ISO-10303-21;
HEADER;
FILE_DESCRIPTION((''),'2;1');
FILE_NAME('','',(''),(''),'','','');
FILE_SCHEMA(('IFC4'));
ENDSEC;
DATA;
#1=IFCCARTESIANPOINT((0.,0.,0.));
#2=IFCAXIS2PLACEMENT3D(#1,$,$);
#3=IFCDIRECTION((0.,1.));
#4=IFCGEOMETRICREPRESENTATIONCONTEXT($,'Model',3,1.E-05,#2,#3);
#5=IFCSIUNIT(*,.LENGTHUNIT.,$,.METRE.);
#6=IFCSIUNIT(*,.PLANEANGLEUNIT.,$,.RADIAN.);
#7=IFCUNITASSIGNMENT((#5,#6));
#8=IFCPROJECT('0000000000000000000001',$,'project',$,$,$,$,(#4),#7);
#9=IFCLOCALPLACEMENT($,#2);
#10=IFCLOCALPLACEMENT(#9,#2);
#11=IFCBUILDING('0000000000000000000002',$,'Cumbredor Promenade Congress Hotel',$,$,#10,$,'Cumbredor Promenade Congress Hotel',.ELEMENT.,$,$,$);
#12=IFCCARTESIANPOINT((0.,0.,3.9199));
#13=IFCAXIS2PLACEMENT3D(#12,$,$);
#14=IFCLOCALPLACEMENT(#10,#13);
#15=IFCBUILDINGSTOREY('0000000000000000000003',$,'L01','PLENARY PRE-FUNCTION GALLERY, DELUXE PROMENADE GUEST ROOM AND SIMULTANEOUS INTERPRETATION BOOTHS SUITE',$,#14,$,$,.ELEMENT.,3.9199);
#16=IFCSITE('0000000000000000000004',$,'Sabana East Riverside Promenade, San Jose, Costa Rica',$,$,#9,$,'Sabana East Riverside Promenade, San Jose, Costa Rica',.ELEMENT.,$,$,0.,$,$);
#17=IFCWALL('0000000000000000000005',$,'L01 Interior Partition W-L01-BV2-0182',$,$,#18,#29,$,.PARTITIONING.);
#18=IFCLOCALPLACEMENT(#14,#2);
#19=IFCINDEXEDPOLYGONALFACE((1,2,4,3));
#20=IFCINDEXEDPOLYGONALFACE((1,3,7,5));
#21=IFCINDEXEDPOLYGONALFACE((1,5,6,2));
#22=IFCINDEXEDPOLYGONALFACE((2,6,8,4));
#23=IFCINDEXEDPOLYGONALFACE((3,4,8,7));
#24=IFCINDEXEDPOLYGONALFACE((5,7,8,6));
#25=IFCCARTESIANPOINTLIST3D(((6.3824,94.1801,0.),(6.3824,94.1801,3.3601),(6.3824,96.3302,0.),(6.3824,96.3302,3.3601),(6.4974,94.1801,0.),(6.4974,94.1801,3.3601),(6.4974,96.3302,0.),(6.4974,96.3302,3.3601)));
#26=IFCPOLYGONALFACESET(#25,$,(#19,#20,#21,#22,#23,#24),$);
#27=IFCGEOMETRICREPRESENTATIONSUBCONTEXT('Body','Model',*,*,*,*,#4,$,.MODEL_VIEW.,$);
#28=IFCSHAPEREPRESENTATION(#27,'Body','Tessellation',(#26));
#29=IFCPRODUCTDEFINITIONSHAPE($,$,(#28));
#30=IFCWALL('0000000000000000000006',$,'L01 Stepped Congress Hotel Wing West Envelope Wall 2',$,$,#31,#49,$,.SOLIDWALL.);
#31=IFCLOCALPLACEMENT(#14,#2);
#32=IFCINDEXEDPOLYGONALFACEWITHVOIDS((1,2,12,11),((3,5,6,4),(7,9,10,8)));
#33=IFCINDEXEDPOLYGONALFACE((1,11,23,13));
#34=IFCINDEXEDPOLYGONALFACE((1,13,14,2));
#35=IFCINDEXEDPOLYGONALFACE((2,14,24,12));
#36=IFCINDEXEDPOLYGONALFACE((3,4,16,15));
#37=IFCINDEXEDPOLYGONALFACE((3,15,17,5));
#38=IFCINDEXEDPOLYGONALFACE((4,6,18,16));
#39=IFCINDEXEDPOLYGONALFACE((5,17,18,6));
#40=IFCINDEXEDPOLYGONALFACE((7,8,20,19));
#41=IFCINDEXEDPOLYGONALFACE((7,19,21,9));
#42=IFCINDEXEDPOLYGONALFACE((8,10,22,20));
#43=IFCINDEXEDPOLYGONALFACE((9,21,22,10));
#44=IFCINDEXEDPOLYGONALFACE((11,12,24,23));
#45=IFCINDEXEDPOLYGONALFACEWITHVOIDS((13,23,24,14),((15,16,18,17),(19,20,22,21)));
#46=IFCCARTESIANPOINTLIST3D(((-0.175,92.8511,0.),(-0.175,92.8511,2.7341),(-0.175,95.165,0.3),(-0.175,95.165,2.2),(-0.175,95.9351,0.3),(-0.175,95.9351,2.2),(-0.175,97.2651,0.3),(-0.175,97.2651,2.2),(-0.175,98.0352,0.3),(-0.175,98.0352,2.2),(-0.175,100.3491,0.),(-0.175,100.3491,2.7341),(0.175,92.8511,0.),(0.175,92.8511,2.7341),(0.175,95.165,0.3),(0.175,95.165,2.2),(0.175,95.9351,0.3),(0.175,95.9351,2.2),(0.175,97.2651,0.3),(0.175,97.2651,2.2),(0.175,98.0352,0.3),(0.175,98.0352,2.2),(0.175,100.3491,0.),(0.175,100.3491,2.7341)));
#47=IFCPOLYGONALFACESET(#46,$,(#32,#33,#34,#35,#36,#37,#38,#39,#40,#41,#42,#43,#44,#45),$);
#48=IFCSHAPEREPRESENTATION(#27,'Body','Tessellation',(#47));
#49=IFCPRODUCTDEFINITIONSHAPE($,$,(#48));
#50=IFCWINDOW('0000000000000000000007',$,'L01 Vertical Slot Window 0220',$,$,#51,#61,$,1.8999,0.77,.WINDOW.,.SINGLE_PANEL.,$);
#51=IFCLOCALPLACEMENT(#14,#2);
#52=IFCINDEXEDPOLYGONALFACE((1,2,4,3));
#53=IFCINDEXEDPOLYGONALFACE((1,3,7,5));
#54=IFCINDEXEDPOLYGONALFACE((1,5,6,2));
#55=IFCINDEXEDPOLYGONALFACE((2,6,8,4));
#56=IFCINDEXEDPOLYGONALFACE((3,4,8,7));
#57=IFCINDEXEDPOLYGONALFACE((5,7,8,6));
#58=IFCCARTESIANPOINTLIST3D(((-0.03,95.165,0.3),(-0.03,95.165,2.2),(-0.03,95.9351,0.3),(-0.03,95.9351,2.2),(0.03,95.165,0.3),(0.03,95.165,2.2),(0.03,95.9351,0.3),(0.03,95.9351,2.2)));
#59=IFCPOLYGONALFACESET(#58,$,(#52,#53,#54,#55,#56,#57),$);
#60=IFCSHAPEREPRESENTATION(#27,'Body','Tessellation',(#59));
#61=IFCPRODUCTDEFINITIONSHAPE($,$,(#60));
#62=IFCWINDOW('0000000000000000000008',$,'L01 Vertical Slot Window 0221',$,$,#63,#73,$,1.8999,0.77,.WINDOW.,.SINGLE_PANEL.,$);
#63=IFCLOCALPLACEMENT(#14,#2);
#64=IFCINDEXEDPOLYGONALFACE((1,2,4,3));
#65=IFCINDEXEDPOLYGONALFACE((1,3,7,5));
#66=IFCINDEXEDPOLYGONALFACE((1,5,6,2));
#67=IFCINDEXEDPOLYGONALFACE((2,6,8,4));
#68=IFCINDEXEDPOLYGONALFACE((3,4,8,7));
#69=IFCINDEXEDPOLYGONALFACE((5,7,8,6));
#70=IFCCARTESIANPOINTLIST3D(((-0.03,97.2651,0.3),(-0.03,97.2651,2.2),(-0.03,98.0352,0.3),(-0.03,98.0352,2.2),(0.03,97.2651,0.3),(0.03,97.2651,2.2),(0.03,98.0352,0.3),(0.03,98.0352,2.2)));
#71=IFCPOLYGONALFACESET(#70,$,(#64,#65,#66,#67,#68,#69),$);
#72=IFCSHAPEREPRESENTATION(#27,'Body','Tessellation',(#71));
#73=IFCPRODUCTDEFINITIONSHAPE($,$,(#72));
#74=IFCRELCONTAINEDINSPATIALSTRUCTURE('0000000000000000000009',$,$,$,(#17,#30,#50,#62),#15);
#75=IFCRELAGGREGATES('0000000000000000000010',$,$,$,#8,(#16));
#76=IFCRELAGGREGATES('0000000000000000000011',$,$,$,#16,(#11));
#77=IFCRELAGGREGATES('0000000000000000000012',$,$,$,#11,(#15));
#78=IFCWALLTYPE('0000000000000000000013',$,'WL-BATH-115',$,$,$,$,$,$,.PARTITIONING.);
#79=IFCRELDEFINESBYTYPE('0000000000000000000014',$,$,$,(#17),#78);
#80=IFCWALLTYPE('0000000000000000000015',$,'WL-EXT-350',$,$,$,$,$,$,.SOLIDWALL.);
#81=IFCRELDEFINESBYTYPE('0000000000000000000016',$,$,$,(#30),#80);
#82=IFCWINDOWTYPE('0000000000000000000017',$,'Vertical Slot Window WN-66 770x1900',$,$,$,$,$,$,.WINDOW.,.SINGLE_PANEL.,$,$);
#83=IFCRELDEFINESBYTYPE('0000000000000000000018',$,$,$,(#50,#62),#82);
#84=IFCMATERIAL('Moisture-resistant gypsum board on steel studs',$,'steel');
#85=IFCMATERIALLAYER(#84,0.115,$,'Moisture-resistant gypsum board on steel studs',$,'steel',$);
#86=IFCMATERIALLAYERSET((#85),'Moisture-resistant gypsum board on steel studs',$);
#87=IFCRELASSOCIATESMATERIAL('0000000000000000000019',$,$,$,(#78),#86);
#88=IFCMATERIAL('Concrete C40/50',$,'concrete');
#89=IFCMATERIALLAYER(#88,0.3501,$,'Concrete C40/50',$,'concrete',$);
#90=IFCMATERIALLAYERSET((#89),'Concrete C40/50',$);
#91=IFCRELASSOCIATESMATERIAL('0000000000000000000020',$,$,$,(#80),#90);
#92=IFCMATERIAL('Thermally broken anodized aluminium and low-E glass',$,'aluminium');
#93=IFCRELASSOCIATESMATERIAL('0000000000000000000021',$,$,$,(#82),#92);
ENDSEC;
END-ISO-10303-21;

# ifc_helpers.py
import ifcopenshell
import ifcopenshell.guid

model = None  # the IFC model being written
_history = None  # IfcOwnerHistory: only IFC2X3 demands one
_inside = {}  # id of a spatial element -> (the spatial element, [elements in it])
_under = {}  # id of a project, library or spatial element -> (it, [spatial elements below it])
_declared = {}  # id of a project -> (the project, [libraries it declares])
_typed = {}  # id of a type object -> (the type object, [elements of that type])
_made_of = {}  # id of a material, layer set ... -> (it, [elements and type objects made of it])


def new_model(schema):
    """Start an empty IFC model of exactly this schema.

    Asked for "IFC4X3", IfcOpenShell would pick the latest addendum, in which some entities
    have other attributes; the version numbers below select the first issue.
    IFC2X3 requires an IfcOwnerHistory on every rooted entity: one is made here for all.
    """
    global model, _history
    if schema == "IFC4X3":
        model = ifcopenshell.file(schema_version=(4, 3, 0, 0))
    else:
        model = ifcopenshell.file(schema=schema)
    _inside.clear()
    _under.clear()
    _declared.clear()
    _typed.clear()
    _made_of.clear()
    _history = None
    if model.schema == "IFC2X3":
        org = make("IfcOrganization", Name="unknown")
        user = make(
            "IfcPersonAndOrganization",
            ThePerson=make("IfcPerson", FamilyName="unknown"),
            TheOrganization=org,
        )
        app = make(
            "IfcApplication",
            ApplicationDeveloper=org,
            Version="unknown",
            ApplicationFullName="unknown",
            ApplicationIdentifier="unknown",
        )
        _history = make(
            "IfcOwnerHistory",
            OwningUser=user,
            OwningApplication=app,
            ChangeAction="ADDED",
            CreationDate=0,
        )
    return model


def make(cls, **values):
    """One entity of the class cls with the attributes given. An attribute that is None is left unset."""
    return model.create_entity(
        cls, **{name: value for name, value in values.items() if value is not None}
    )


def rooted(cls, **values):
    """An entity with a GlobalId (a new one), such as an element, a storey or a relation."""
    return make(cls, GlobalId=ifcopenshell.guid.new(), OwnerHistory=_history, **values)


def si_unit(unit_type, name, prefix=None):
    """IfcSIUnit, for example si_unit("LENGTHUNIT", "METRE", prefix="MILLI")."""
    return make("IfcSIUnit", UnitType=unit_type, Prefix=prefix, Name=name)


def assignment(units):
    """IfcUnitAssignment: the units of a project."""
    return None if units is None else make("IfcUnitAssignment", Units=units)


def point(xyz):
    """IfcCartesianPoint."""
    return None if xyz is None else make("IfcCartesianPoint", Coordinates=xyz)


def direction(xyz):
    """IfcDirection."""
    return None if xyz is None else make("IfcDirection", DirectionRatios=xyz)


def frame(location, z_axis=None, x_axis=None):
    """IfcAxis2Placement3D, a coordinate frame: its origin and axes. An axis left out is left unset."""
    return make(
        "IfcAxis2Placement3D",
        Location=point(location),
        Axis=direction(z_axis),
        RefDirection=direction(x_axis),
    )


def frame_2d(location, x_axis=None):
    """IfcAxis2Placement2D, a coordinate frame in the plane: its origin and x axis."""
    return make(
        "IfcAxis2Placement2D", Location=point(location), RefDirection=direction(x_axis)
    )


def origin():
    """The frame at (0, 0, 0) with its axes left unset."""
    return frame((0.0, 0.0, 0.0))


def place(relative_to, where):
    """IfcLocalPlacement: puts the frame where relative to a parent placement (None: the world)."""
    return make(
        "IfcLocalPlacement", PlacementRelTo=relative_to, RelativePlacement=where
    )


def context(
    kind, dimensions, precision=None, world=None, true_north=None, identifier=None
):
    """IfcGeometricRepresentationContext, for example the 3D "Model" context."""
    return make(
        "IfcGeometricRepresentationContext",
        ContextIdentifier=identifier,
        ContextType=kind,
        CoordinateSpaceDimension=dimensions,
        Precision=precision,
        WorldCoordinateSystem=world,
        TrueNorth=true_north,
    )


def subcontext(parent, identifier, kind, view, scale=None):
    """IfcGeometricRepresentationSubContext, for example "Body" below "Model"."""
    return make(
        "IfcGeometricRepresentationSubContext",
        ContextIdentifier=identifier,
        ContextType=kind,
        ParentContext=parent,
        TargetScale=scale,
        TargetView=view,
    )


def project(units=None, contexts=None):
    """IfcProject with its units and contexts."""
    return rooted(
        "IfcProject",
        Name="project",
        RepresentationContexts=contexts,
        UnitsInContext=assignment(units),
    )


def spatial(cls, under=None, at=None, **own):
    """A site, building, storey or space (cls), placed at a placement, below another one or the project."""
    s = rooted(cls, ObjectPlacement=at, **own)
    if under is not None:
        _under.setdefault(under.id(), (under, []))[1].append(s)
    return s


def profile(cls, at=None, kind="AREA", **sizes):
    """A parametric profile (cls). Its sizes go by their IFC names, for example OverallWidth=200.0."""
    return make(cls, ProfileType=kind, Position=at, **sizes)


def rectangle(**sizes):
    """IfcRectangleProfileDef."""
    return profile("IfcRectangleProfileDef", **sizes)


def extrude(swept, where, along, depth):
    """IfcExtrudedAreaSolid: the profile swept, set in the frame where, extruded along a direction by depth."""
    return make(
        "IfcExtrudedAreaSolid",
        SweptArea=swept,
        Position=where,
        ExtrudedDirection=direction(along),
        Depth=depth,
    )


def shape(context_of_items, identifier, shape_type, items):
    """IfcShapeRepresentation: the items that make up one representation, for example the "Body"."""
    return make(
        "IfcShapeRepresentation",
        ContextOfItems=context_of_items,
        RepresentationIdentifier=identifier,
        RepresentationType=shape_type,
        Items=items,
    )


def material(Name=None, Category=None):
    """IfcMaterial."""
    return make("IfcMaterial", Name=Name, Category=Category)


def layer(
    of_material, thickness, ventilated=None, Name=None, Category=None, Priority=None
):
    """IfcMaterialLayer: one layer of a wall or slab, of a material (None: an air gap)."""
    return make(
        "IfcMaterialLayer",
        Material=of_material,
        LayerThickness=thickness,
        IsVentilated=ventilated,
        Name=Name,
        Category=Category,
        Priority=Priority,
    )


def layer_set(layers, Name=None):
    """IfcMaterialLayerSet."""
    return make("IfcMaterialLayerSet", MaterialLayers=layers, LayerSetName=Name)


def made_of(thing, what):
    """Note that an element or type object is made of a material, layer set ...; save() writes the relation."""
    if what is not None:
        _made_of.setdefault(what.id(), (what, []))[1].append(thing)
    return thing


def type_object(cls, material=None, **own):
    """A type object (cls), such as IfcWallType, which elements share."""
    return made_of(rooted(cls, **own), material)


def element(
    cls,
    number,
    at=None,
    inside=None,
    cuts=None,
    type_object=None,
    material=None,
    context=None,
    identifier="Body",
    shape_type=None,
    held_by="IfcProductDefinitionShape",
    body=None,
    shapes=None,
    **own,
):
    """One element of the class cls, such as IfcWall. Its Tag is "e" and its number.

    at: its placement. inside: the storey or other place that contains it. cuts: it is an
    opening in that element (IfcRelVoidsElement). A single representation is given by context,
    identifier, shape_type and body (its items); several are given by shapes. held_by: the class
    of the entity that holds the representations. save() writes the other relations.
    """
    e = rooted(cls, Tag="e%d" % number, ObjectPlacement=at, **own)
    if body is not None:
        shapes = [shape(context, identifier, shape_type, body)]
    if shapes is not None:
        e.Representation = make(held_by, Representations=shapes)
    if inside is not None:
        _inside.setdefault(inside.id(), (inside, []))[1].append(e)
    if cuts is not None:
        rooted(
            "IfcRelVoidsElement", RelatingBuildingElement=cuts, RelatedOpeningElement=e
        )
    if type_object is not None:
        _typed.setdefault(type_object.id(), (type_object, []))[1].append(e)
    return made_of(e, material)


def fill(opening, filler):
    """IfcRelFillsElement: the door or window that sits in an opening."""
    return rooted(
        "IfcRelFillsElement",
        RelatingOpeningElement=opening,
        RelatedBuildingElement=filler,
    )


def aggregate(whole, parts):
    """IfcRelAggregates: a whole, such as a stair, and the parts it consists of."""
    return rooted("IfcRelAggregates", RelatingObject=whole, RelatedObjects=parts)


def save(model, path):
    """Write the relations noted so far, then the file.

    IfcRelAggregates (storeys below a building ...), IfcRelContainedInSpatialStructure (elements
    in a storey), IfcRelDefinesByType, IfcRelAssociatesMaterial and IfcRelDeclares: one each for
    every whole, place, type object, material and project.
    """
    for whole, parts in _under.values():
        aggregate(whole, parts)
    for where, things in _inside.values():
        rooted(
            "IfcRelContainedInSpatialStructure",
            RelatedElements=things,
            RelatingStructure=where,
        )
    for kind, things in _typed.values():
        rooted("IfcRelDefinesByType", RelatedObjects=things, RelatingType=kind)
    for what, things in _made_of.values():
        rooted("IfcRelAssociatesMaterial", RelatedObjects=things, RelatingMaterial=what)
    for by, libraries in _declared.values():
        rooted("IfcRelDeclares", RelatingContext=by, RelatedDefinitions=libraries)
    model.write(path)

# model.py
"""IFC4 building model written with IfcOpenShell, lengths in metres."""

from ifc_helpers import new_model, si_unit, direction, frame, frame_2d, origin, place, context, subcontext, project, spatial, rectangle, extrude, material, layer, layer_set, type_object, element, fill, save


model = new_model("IFC4")

# Units and contexts
model_context = context("Model", 3, precision=1e-05, world=origin(), true_north=direction((0.0, 1.0)))
body_context = subcontext(model_context, "Body", "Model", "MODEL_VIEW")
ifc_project = project(units=[si_unit("LENGTHUNIT", "METRE"), si_unit("PLANEANGLEUNIT", "RADIAN")], contexts=[model_context])

# Site, building, storey
site_placement = place(None, origin())
site = spatial("IfcSite", under=ifc_project, at=site_placement, Name="Sabana East Riverside Promenade, San Jose, Costa Rica", LongName="Sabana East Riverside Promenade, San Jose, Costa Rica", CompositionType="ELEMENT", RefElevation=0.0)
building_placement = place(site_placement, origin())
building = spatial("IfcBuilding", under=site, at=building_placement, Name="Cumbredor Promenade Congress Hotel", LongName="Cumbredor Promenade Congress Hotel", CompositionType="ELEMENT")
storey_placement = place(building_placement, frame((0.0, 0.0, 3.9199)))
storey = spatial("IfcBuildingStorey", under=building, at=storey_placement, Name="L01", Description="PLENARY PRE-FUNCTION GALLERY, DELUXE PROMENADE GUEST ROOM AND SIMULTANEOUS INTERPRETATION BOOTHS SUITE", CompositionType="ELEMENT", Elevation=3.9199)

# Shared definitions
ifc_material_1 = material(Name="Concrete C40/50", Category="concrete")

# Shared definitions
ifc_material_2 = material(Name="Moisture-resistant gypsum board on steel studs", Category="steel")
ifc_layer_1 = layer(ifc_material_2, 0.115, Name="Moisture-resistant gypsum board on steel studs", Category="steel")
ifc_layer_set_1 = layer_set([ifc_layer_1], Name="Moisture-resistant gypsum board on steel studs")
wall_type_1 = type_object("IfcWallType", Name="WL-BATH-115", PredefinedType="PARTITIONING", material=ifc_layer_set_1)

# Wall
for number, where, z_axis, x_axis, name in (
    (1, (6.4399, 94.1799, 0.0), (0.0, 0.0, 1.0), (0.0, 1.0, 0.0), "L01 Interior Partition W-L01-BV2-0182"),
):
    element("IfcWall", number, at=place(storey_placement, frame(where, z_axis=z_axis, x_axis=x_axis)), inside=storey, type_object=wall_type_1, Name=name, PredefinedType="PARTITIONING", context=body_context, shape_type="SweptSolid", body=[
        extrude(rectangle(XDim=2.1501, YDim=0.115, at=frame_2d((1.0752, 0.0))), origin(), (0.0, 0.0, 1.0), 3.3601),
    ])

# Wall, openings, windows
ifc_layer_2 = layer(ifc_material_1, 0.3501, Name="Concrete C40/50", Category="concrete")
ifc_layer_set_2 = layer_set([ifc_layer_2], Name="Concrete C40/50")
wall_type_2 = type_object("IfcWallType", Name="WL-EXT-350", PredefinedType="SOLIDWALL", material=ifc_layer_set_2)
wall_1_placement = place(storey_placement, frame((0.0, 92.8511, 0.0), z_axis=(0.0, 0.0, 1.0), x_axis=(0.0, 1.0, 0.0)))
wall_1 = element("IfcWall", 2, at=wall_1_placement, inside=storey, type_object=wall_type_2, Name="L01 Stepped Congress Hotel Wing West Envelope Wall 2", PredefinedType="SOLIDWALL", context=body_context, shape_type="SweptSolid", body=[
    extrude(rectangle(XDim=7.498, YDim=0.3501, at=frame_2d((3.749, 0.0))), origin(), (0.0, 0.0, 1.0), 2.7341),
])
opening_1_placement = place(wall_1_placement, frame((2.314, 0.0, 0.3)))
opening_1 = element("IfcOpeningElement", 3, at=opening_1_placement, cuts=wall_1, PredefinedType="OPENING", context=body_context, shape_type="SweptSolid", body=[
    extrude(rectangle(XDim=0.77, YDim=1.8999, at=frame_2d((0.385, 0.95))), frame((0.0, 0.1851, 0.0), z_axis=(0.0, -1.0, 0.0), x_axis=(1.0, 0.0, 0.0)), (0.0, 0.0, 1.0), 0.3701),
])
opening_2_placement = place(wall_1_placement, frame((4.4141, 0.0, 0.3)))
opening_2 = element("IfcOpeningElement", 4, at=opening_2_placement, cuts=wall_1, PredefinedType="OPENING", context=body_context, shape_type="SweptSolid", body=[
    extrude(rectangle(XDim=0.77, YDim=1.8999, at=frame_2d((0.385, 0.95))), frame((0.0, 0.1851, 0.0), z_axis=(0.0, -1.0, 0.0), x_axis=(1.0, 0.0, 0.0)), (0.0, 0.0, 1.0), 0.3701),
])
ifc_material_3 = material(Name="Thermally broken anodized aluminium and low-E glass", Category="aluminium")
window_type = type_object("IfcWindowType", Name="Vertical Slot Window WN-66 770x1900", PartitioningType="SINGLE_PANEL", PredefinedType="WINDOW", material=ifc_material_3)
window_1_placement = place(opening_1_placement, origin())
window_1 = element("IfcWindow", 5, at=window_1_placement, inside=storey, type_object=window_type, Name="L01 Vertical Slot Window 0220", OverallHeight=1.8999, OverallWidth=0.77, PartitioningType="SINGLE_PANEL", PredefinedType="WINDOW", context=body_context, shape_type="SweptSolid", body=[
    extrude(rectangle(XDim=0.77, YDim=1.8999, at=frame_2d((0.385, 0.95))), frame((0.0, 0.03, 0.0), z_axis=(0.0, -1.0, 0.0), x_axis=(1.0, 0.0, 0.0)), (0.0, 0.0, 1.0), 0.0601),
])
fill(opening_1, window_1)
window_2_placement = place(opening_2_placement, origin())
window_2 = element("IfcWindow", 6, at=window_2_placement, inside=storey, type_object=window_type, Name="L01 Vertical Slot Window 0221", OverallHeight=1.8999, OverallWidth=0.77, PartitioningType="SINGLE_PANEL", PredefinedType="WINDOW", context=body_context, shape_type="SweptSolid", body=[
    extrude(rectangle(XDim=0.77, YDim=1.8999, at=frame_2d((0.385, 0.95))), frame((0.0, 0.03, 0.0), z_axis=(0.0, -1.0, 0.0), x_axis=(1.0, 0.0, 0.0)), (0.0, 0.0, 1.0), 0.0601),
])
fill(opening_2, window_2)

save(model, "model.ifc")
